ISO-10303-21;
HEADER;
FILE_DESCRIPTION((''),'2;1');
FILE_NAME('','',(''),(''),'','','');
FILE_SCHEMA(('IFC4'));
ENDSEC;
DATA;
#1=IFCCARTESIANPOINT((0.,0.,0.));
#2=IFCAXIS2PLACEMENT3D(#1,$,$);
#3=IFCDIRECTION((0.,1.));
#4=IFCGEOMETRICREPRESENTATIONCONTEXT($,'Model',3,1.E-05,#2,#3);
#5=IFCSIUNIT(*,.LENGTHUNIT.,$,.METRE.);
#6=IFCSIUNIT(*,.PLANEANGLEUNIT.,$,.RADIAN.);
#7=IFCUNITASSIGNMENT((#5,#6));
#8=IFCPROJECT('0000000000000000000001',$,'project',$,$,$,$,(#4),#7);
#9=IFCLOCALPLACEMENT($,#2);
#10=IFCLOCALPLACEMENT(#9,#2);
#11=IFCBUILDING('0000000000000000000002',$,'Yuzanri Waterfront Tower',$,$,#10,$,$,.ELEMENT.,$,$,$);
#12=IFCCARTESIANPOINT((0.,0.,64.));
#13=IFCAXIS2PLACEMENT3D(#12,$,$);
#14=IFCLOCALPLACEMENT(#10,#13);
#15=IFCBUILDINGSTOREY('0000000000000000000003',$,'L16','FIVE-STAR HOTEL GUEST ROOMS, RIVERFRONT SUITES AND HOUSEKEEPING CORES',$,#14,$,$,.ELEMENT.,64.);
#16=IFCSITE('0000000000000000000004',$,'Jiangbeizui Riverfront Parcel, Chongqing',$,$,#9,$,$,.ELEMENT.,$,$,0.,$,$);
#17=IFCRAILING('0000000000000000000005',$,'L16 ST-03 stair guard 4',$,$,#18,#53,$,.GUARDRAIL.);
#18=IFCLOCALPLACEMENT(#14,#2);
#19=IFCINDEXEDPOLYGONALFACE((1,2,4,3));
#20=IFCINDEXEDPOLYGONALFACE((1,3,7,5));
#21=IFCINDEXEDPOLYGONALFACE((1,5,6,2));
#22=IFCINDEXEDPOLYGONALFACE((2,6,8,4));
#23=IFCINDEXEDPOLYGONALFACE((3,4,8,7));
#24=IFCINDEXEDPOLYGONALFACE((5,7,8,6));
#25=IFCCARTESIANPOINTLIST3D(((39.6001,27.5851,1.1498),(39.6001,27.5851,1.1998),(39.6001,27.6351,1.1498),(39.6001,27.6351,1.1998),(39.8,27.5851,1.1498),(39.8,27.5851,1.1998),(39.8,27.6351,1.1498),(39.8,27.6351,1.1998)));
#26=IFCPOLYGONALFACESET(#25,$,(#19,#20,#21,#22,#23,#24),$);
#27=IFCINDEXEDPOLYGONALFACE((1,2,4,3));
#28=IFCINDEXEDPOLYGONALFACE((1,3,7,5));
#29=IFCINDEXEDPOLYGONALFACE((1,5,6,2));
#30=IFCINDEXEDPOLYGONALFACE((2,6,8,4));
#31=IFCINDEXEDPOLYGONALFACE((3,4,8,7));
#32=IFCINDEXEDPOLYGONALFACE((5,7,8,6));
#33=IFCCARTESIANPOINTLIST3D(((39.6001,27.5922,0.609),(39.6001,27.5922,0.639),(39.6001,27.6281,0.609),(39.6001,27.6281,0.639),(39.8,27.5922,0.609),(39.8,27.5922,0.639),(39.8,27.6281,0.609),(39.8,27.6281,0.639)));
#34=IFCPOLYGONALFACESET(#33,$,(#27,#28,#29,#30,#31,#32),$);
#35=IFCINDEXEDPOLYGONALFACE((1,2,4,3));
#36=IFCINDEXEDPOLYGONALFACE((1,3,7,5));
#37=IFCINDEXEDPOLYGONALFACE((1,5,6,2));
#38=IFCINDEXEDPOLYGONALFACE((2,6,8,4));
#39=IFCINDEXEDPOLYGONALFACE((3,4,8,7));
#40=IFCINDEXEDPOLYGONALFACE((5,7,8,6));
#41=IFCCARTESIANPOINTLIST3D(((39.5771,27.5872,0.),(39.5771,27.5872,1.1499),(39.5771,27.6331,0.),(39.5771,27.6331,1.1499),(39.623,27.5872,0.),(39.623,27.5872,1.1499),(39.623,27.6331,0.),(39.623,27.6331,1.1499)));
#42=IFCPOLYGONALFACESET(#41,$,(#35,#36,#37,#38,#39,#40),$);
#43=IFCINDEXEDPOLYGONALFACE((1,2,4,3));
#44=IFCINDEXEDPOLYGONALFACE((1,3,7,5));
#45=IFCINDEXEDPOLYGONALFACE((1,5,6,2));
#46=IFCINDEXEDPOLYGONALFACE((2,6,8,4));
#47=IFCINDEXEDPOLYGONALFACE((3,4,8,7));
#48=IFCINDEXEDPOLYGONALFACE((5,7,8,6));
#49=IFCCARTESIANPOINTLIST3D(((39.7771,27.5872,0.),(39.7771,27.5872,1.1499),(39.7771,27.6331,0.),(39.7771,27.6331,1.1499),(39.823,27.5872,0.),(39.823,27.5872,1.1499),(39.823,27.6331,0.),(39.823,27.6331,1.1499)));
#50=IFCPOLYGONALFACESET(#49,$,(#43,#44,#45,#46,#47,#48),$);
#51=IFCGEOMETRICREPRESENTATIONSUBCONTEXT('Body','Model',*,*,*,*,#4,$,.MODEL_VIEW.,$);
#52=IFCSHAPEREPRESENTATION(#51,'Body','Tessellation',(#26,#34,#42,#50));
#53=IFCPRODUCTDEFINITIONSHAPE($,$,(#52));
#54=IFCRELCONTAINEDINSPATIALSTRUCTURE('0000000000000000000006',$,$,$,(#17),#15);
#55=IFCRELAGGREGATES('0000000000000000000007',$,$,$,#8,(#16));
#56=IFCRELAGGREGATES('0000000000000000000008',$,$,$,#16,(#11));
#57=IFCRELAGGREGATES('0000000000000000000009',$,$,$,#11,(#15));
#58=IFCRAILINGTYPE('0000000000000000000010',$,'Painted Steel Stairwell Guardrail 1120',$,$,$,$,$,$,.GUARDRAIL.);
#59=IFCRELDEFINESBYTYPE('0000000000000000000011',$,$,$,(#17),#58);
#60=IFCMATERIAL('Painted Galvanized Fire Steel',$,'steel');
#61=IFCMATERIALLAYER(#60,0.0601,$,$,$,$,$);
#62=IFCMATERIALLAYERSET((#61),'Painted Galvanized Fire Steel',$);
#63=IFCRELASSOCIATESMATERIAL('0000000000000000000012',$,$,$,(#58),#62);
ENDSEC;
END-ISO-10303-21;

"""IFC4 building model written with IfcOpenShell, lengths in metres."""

from ifc_helpers import new_model, si_unit, direction, frame, origin, origin_2d, place, context, subcontext, project, spatial, rectangle, extrude, source, transform, mapped, material, layer, layer_set, type_object, element, save


model = new_model("IFC4")

# Units and contexts
model_context = context("Model", 3, precision=1e-05, world=origin(), true_north=direction((0.0, 1.0)))
body_context = subcontext(model_context, "Body", "Model", "MODEL_VIEW")
ifc_project = project(units=[si_unit("LENGTHUNIT", "METRE"), si_unit("PLANEANGLEUNIT", "RADIAN")], contexts=[model_context])

# Site, building, storey
site_placement = place(None, origin())
site = spatial("IfcSite", under=ifc_project, at=site_placement, Name="Jiangbeizui Riverfront Parcel, Chongqing", CompositionType="ELEMENT", RefElevation=0.0)
building_placement = place(site_placement, origin())
building = spatial("IfcBuilding", under=site, at=building_placement, Name="Yuzanri Waterfront Tower", CompositionType="ELEMENT")
storey_placement = place(building_placement, frame((0.0, 0.0, 64.0)))
storey = spatial("IfcBuildingStorey", under=building, at=storey_placement, Name="L16", Description="FIVE-STAR HOTEL GUEST ROOMS, RIVERFRONT SUITES AND HOUSEKEEPING CORES", CompositionType="ELEMENT", Elevation=64.0)

# Railing
ifc_material_1 = material(Name="Painted Galvanized Fire Steel", Category="steel")
ifc_layer_1 = layer(ifc_material_1, 0.0601)
ifc_layer_set_1 = layer_set([ifc_layer_1], Name="Painted Galvanized Fire Steel")
railing_type_1 = type_object("IfcRailingType", Name="Painted Steel Stairwell Guardrail 1120", PredefinedType="GUARDRAIL", material=ifc_layer_set_1)
shared_shape_1 = source(origin(), body_context, "Body", "SweptSolid", [
    extrude(rectangle(XDim=0.05, YDim=0.05, at=origin_2d()), frame((0.0, 0.0, 1.1748), z_axis=(1.0, 0.0, 0.0), x_axis=(0.0, 1.0, 0.0)), (0.0, 0.0, 1.0), 0.2),
    extrude(rectangle(XDim=0.0359, YDim=0.03, at=origin_2d()), frame((0.0, 0.0, 0.624), z_axis=(1.0, 0.0, 0.0), x_axis=(0.0, 1.0, 0.0)), (0.0, 0.0, 1.0), 0.2),
    extrude(rectangle(XDim=0.0459, YDim=0.0459, at=origin_2d()), origin(), (0.0, 0.0, 1.0), 1.1499),
    extrude(rectangle(XDim=0.0459, YDim=0.0459, at=origin_2d()), frame((0.2, 0.0, 0.0)), (0.0, 0.0, 1.0), 1.1499),
])
for number, where, name in (
    (1, (39.6001, 27.6101, 0.0), "L16 ST-03 stair guard 4"),
):
    element("IfcRailing", number, at=place(storey_placement, frame(where)), inside=storey, type_object=railing_type_1, Name=name, PredefinedType="GUARDRAIL", context=body_context, shape_type="MappedRepresentation", body=[
        mapped(shared_shape_1, transform((0.0, 0.0, 0.0), scale=1.0)),
    ])

save(model, "model.ifc")
